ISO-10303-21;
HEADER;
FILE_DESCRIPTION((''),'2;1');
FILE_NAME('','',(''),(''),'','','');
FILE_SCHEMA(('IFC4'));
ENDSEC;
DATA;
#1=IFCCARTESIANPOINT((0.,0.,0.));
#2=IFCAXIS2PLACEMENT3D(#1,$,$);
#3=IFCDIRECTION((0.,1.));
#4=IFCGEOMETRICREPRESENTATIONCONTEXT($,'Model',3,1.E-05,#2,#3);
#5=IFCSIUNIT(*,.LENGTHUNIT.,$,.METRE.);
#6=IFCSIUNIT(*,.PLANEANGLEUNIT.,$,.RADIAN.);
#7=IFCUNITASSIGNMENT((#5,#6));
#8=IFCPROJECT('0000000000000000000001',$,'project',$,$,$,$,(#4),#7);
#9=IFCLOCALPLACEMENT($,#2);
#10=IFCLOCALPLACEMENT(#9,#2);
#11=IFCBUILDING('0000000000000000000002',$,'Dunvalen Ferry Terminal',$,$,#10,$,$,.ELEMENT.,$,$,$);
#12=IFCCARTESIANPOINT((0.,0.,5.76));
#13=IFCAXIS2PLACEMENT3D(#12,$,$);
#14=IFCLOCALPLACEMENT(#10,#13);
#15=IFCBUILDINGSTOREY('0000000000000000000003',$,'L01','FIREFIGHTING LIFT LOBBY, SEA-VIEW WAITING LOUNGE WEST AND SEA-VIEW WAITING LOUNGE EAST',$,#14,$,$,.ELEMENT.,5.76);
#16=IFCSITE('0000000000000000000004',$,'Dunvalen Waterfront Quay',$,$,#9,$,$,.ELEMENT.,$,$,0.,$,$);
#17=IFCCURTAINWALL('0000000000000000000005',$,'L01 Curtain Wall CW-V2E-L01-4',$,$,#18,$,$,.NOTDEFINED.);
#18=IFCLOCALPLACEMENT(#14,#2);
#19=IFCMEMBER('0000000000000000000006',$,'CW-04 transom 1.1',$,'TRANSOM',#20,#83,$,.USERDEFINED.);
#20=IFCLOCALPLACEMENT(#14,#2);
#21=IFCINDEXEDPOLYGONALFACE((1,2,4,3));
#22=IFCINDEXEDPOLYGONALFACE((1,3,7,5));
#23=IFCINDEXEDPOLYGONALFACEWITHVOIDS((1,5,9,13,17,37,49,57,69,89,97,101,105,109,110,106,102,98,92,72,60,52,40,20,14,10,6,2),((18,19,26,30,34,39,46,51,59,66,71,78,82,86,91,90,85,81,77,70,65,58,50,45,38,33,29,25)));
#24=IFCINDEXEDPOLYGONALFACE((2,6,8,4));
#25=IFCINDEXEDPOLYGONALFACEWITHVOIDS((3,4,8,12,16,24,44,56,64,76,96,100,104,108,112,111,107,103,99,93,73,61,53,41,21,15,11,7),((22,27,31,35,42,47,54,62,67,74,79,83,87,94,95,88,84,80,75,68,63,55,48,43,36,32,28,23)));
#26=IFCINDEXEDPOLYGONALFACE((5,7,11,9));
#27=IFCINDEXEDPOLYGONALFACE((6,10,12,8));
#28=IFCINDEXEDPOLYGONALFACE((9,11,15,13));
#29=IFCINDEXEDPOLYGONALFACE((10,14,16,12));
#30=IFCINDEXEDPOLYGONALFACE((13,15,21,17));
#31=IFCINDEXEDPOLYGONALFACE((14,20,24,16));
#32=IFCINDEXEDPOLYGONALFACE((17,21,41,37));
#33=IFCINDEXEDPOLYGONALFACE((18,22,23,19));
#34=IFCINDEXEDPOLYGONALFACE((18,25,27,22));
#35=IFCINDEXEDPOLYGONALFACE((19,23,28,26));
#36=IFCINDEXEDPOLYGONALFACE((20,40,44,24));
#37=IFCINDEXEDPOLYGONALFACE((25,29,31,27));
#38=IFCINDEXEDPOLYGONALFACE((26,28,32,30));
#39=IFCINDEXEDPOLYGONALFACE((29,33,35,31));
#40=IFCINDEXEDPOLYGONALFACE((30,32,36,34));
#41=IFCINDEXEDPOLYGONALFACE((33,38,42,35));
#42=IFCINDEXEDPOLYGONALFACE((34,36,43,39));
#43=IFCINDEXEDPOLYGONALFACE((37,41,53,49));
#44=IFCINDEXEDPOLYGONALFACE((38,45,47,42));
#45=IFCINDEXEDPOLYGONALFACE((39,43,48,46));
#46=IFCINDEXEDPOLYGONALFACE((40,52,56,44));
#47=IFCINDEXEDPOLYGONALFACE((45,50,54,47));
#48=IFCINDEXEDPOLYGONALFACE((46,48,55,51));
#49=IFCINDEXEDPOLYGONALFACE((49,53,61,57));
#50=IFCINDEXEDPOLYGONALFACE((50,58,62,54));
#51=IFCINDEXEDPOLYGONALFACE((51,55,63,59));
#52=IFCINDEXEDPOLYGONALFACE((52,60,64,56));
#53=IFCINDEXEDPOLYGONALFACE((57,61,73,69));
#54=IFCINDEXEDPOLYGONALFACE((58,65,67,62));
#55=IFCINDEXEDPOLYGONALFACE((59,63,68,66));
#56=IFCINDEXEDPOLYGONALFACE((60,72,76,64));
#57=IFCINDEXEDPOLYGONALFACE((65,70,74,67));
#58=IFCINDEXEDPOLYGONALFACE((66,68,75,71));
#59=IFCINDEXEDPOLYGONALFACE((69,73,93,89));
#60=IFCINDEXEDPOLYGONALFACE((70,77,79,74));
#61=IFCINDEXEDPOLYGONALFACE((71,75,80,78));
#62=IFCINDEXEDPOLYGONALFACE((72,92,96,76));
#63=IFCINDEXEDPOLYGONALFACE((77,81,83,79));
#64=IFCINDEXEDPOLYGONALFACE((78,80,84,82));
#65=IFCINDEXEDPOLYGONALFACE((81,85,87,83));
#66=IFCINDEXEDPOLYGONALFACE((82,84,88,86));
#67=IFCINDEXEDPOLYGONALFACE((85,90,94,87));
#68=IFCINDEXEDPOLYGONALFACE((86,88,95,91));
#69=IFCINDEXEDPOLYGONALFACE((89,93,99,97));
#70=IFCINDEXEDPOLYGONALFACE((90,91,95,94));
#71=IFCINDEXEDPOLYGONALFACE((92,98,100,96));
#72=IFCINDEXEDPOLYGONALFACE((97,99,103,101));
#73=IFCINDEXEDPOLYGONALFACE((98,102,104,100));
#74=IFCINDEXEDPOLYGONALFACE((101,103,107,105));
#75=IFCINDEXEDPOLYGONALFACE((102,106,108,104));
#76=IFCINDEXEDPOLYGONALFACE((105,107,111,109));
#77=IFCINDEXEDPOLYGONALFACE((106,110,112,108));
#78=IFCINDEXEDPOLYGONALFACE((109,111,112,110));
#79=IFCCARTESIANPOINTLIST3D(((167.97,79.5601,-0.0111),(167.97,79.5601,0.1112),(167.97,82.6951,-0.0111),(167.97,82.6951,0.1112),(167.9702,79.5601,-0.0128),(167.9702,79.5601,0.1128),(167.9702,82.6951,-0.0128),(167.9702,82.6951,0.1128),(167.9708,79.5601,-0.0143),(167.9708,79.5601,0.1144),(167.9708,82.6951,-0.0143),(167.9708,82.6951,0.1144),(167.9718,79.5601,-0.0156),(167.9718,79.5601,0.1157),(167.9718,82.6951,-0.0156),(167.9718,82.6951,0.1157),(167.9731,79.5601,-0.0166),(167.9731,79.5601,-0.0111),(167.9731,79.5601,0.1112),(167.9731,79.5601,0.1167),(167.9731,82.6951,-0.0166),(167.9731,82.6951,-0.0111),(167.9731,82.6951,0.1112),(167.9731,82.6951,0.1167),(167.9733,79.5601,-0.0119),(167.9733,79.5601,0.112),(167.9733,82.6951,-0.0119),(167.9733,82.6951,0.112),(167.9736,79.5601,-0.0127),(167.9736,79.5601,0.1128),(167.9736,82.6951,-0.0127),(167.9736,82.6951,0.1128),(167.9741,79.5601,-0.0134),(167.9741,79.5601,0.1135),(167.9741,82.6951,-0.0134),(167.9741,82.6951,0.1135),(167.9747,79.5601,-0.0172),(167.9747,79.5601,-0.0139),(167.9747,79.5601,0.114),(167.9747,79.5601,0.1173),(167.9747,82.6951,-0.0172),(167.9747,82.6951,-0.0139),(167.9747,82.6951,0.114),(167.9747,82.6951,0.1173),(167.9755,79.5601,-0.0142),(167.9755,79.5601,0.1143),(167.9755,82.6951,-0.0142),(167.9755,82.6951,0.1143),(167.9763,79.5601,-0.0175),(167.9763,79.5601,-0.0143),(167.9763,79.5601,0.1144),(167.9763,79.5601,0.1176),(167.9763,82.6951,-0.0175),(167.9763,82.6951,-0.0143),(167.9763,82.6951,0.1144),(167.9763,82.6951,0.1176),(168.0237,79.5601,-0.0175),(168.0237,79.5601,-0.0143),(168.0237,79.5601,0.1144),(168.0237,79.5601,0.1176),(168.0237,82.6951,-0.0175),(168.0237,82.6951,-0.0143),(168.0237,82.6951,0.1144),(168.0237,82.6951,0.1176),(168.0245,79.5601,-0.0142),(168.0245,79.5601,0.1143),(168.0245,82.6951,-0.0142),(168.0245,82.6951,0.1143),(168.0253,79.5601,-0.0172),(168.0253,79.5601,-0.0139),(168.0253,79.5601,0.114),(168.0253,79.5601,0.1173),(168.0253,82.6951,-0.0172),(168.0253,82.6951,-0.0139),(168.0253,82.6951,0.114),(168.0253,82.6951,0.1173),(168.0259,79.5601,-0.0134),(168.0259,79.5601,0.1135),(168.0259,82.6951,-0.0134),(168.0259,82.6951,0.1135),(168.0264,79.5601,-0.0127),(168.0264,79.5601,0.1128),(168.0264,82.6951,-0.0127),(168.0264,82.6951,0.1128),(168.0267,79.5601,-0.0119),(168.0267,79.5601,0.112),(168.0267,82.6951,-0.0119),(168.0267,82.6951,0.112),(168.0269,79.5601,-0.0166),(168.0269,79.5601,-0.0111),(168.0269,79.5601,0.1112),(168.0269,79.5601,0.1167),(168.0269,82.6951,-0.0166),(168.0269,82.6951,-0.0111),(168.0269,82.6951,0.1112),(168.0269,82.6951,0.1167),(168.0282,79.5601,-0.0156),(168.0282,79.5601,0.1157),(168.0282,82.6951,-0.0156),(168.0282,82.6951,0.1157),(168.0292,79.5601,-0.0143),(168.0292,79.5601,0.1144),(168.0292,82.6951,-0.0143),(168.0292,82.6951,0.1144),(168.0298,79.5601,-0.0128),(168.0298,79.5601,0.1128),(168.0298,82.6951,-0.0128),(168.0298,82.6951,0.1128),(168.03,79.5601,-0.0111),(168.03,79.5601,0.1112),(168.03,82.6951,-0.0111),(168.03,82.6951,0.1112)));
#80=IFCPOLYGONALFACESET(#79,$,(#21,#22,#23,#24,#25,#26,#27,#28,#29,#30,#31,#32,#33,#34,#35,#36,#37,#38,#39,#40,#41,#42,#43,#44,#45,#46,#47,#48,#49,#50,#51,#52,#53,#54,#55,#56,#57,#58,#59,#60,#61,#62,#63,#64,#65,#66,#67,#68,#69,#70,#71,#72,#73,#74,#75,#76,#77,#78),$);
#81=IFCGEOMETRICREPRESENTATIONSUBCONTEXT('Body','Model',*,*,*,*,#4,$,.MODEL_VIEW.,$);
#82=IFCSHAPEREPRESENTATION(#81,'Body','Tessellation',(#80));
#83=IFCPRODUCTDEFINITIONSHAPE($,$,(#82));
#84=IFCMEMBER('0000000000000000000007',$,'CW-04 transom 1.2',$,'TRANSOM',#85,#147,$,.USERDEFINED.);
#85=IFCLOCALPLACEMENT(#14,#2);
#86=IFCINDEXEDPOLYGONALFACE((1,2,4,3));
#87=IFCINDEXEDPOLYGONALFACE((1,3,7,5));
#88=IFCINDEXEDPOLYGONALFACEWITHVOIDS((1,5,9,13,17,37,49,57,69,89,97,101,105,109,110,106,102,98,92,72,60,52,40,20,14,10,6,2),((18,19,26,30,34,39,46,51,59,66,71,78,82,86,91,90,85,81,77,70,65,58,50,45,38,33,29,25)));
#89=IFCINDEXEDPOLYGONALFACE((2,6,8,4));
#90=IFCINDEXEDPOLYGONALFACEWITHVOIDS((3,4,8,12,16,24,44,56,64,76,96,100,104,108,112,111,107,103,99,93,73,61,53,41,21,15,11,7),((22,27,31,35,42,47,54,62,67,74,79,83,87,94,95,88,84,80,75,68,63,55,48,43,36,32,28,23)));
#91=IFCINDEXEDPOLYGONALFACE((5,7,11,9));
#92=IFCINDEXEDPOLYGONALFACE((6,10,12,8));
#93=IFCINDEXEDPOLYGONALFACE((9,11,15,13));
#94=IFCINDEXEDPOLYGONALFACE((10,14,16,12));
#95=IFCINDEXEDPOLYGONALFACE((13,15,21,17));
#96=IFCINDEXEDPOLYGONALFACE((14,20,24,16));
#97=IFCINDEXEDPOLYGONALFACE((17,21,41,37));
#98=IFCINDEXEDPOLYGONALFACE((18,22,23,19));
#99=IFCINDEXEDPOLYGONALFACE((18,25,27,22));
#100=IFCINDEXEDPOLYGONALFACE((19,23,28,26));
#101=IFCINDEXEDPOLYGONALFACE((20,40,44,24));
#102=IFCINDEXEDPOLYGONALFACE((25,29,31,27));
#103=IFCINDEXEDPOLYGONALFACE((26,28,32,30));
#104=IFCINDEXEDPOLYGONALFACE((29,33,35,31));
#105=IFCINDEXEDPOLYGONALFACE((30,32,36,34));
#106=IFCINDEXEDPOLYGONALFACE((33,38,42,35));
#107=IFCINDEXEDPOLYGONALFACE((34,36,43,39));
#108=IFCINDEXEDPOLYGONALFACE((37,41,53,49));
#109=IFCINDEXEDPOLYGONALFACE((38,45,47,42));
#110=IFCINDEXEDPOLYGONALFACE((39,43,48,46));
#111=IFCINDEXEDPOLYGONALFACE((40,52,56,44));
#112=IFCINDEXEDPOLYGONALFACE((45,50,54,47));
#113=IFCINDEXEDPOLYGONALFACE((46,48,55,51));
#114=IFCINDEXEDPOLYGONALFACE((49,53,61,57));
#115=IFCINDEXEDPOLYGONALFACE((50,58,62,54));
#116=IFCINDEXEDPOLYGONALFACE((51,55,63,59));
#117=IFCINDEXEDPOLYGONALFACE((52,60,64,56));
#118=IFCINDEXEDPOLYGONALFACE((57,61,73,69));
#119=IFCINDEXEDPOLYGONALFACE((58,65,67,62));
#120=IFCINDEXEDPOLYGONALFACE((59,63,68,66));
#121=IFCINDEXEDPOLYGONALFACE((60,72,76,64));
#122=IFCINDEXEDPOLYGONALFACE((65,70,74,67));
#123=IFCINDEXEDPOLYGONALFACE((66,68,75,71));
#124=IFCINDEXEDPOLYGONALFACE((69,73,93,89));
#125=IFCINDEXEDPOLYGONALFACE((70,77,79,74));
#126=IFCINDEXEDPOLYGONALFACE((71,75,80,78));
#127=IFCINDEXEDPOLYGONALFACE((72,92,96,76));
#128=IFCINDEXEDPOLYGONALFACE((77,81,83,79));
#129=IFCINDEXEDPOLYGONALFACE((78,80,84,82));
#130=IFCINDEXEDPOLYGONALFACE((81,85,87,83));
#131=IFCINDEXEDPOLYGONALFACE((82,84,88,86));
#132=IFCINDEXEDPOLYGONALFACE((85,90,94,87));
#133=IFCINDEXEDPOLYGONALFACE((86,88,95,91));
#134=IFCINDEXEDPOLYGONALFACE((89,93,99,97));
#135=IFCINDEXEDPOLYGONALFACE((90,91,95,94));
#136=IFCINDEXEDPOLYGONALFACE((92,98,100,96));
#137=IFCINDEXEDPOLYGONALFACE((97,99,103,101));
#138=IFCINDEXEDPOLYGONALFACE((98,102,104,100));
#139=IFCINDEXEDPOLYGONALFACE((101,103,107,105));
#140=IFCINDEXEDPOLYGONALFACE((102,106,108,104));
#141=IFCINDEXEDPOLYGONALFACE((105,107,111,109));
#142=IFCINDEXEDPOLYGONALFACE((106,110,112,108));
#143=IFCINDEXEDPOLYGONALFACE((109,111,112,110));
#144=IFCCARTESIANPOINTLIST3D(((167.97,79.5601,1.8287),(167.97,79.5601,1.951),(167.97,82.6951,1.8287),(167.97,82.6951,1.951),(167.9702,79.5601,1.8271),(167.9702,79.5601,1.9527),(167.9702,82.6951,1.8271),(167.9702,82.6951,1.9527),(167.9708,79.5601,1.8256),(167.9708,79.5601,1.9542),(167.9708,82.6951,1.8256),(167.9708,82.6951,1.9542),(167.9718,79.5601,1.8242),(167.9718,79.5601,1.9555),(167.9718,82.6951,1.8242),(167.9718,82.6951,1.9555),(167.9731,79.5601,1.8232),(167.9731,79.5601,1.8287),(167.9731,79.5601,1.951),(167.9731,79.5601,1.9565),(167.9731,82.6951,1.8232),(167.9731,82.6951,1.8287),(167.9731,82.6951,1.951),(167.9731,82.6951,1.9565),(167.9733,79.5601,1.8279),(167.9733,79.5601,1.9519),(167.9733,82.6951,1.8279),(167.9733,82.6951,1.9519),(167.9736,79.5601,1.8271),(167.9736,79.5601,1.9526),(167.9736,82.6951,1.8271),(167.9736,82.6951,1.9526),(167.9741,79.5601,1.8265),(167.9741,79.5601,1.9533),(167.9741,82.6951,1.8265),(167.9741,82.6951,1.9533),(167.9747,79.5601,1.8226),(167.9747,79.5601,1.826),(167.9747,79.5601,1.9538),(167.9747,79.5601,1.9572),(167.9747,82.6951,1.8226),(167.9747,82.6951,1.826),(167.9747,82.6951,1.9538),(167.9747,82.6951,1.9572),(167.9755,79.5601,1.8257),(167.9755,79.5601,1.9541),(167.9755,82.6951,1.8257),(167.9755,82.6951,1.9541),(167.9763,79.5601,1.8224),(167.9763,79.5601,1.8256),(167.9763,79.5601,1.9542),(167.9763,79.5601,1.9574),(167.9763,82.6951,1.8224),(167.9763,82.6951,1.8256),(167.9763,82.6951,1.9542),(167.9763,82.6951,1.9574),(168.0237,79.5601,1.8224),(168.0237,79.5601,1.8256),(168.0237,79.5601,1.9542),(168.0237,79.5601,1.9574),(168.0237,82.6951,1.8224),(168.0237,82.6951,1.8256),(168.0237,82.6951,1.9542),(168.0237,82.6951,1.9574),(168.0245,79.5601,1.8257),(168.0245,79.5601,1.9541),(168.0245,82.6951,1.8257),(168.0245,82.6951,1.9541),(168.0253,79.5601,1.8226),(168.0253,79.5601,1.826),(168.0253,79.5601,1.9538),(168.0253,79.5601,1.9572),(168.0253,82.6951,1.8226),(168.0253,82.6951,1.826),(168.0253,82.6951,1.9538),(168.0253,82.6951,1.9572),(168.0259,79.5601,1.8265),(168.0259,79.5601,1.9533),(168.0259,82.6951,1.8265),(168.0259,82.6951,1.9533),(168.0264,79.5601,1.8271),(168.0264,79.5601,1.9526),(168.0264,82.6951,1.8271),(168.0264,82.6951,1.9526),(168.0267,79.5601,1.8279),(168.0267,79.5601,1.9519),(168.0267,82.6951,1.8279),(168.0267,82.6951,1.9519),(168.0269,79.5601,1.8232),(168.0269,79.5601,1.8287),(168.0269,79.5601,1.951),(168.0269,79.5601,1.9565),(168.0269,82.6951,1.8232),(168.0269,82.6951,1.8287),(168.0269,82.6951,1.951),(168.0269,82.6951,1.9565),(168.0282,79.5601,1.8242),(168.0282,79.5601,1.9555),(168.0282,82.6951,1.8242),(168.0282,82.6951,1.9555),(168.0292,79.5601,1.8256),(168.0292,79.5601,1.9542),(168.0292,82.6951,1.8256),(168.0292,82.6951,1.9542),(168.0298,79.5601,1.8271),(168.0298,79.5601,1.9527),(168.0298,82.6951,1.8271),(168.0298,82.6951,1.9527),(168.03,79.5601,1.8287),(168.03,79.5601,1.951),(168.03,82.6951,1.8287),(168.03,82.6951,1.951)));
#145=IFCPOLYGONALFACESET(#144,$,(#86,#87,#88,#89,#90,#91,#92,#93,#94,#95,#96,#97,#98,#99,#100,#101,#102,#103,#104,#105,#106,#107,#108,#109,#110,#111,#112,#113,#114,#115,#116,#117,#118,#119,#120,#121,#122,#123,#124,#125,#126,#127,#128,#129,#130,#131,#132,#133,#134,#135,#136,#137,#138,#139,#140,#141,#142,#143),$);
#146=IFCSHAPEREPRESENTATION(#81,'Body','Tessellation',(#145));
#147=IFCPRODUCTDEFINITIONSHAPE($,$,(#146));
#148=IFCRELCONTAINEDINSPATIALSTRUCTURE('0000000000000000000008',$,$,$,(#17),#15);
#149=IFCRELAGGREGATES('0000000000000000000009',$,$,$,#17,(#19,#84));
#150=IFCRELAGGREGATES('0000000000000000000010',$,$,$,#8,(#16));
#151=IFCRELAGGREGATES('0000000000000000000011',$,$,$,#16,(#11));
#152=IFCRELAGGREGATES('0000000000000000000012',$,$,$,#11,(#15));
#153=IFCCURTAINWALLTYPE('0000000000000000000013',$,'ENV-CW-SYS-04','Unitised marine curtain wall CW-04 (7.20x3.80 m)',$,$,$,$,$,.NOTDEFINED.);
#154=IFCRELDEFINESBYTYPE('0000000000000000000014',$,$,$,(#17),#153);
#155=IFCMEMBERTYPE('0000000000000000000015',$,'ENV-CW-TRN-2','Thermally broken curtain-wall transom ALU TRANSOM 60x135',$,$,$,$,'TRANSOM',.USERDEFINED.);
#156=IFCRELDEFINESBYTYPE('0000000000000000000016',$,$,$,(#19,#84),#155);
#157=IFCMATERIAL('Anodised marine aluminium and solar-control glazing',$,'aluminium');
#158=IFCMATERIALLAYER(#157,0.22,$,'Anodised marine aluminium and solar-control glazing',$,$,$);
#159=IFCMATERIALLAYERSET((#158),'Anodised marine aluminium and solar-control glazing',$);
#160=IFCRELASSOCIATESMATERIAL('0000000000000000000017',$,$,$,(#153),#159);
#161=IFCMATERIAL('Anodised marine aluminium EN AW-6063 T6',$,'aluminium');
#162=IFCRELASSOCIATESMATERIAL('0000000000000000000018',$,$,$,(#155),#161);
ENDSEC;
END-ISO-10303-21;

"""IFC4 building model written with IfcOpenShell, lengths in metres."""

from ifc_helpers import new_model, si_unit, direction, frame, origin, origin_2d, place, context, subcontext, project, spatial, hollow_rectangle, extrude, material, layer, layer_set, material_profile, profile_set, type_object, element, aggregate, save


model = new_model("IFC4")

# Units and contexts
model_context = context("Model", 3, precision=1e-05, world=origin(), true_north=direction((0.0, 1.0)))
body_context = subcontext(model_context, "Body", "Model", "MODEL_VIEW")
ifc_project = project(units=[si_unit("LENGTHUNIT", "METRE"), si_unit("PLANEANGLEUNIT", "RADIAN")], contexts=[model_context])

# Site, building, storey
site_placement = place(None, origin())
site = spatial("IfcSite", under=ifc_project, at=site_placement, Name="Dunvalen Waterfront Quay", CompositionType="ELEMENT", RefElevation=0.0)
building_placement = place(site_placement, origin())
building = spatial("IfcBuilding", under=site, at=building_placement, Name="Dunvalen Ferry Terminal", CompositionType="ELEMENT")
storey_placement = place(building_placement, frame((0.0, 0.0, 5.76)))
storey = spatial("IfcBuildingStorey", under=building, at=storey_placement, Name="L01", Description="FIREFIGHTING LIFT LOBBY, SEA-VIEW WAITING LOUNGE WEST AND SEA-VIEW WAITING LOUNGE EAST", CompositionType="ELEMENT", Elevation=5.76)

# Shared definitions
ifc_material_1 = material(Name="Anodised marine aluminium and solar-control glazing", Category="aluminium")
ifc_material_2 = material(Name="Anodised marine aluminium EN AW-6063 T6", Category="aluminium")

# Curtain wall
ifc_layer_1 = layer(ifc_material_1, 0.22, Name="Anodised marine aluminium and solar-control glazing")
ifc_layer_set_1 = layer_set([ifc_layer_1], Name="Anodised marine aluminium and solar-control glazing")
curtain_wall_type_1 = type_object("IfcCurtainWallType", Name="ENV-CW-SYS-04", Description="Unitised marine curtain wall CW-04 (7.20x3.80 m)", PredefinedType="NOTDEFINED", material=ifc_layer_set_1)
curtain_wall_1_placement = place(storey_placement, origin())
curtain_wall_1 = element("IfcCurtainWall", 1, at=curtain_wall_1_placement, inside=storey, type_object=curtain_wall_type_1, Name="L01 Curtain Wall CW-V2E-L01-4", PredefinedType="NOTDEFINED")

# Members
ifc_material_profile_1 = material_profile(ifc_material_2, hollow_rectangle(XDim=0.0601, YDim=0.135, WallThickness=0.0032, InnerFilletRadius=0.0032, OuterFilletRadius=0.0063, at=origin_2d()), Name="Anodised marine aluminium EN AW-6063 T6")
ifc_profile_set_1 = profile_set([ifc_material_profile_1], Name="Anodised marine aluminium EN AW-6063 T6")
member_type_1 = type_object("IfcMemberType", Name="ENV-CW-TRN-2", Description="Thermally broken curtain-wall transom ALU TRANSOM 60x135", ElementType="TRANSOM", PredefinedType="USERDEFINED", material=ifc_profile_set_1)
member_1_placement = place(storey_placement, frame((168.0, 79.5601, 0.05), z_axis=(0.0, 1.0, 0.0), x_axis=(-1.0, 0.0, 0.0)))
member_1 = element("IfcMember", 2, at=member_1_placement, type_object=member_type_1, Name="CW-04 transom 1.1", ObjectType="TRANSOM", PredefinedType="USERDEFINED", context=body_context, shape_type="SweptSolid", body=[
    extrude(hollow_rectangle(XDim=0.0601, YDim=0.135, WallThickness=0.0032, InnerFilletRadius=0.0032, OuterFilletRadius=0.0063, at=origin_2d()), origin(), (0.0, 0.0, 1.0), 3.135),
])
member_2_placement = place(storey_placement, frame((168.0, 79.5601, 1.8899), z_axis=(0.0, 1.0, 0.0), x_axis=(-1.0, 0.0, 0.0)))
member_2 = element("IfcMember", 3, at=member_2_placement, type_object=member_type_1, Name="CW-04 transom 1.2", ObjectType="TRANSOM", PredefinedType="USERDEFINED", context=body_context, shape_type="SweptSolid", body=[
    extrude(hollow_rectangle(XDim=0.0601, YDim=0.135, WallThickness=0.0032, InnerFilletRadius=0.0032, OuterFilletRadius=0.0063, at=origin_2d()), origin(), (0.0, 0.0, 1.0), 3.135),
])

aggregate(curtain_wall_1, [member_1, member_2])

save(model, "model.ifc")
